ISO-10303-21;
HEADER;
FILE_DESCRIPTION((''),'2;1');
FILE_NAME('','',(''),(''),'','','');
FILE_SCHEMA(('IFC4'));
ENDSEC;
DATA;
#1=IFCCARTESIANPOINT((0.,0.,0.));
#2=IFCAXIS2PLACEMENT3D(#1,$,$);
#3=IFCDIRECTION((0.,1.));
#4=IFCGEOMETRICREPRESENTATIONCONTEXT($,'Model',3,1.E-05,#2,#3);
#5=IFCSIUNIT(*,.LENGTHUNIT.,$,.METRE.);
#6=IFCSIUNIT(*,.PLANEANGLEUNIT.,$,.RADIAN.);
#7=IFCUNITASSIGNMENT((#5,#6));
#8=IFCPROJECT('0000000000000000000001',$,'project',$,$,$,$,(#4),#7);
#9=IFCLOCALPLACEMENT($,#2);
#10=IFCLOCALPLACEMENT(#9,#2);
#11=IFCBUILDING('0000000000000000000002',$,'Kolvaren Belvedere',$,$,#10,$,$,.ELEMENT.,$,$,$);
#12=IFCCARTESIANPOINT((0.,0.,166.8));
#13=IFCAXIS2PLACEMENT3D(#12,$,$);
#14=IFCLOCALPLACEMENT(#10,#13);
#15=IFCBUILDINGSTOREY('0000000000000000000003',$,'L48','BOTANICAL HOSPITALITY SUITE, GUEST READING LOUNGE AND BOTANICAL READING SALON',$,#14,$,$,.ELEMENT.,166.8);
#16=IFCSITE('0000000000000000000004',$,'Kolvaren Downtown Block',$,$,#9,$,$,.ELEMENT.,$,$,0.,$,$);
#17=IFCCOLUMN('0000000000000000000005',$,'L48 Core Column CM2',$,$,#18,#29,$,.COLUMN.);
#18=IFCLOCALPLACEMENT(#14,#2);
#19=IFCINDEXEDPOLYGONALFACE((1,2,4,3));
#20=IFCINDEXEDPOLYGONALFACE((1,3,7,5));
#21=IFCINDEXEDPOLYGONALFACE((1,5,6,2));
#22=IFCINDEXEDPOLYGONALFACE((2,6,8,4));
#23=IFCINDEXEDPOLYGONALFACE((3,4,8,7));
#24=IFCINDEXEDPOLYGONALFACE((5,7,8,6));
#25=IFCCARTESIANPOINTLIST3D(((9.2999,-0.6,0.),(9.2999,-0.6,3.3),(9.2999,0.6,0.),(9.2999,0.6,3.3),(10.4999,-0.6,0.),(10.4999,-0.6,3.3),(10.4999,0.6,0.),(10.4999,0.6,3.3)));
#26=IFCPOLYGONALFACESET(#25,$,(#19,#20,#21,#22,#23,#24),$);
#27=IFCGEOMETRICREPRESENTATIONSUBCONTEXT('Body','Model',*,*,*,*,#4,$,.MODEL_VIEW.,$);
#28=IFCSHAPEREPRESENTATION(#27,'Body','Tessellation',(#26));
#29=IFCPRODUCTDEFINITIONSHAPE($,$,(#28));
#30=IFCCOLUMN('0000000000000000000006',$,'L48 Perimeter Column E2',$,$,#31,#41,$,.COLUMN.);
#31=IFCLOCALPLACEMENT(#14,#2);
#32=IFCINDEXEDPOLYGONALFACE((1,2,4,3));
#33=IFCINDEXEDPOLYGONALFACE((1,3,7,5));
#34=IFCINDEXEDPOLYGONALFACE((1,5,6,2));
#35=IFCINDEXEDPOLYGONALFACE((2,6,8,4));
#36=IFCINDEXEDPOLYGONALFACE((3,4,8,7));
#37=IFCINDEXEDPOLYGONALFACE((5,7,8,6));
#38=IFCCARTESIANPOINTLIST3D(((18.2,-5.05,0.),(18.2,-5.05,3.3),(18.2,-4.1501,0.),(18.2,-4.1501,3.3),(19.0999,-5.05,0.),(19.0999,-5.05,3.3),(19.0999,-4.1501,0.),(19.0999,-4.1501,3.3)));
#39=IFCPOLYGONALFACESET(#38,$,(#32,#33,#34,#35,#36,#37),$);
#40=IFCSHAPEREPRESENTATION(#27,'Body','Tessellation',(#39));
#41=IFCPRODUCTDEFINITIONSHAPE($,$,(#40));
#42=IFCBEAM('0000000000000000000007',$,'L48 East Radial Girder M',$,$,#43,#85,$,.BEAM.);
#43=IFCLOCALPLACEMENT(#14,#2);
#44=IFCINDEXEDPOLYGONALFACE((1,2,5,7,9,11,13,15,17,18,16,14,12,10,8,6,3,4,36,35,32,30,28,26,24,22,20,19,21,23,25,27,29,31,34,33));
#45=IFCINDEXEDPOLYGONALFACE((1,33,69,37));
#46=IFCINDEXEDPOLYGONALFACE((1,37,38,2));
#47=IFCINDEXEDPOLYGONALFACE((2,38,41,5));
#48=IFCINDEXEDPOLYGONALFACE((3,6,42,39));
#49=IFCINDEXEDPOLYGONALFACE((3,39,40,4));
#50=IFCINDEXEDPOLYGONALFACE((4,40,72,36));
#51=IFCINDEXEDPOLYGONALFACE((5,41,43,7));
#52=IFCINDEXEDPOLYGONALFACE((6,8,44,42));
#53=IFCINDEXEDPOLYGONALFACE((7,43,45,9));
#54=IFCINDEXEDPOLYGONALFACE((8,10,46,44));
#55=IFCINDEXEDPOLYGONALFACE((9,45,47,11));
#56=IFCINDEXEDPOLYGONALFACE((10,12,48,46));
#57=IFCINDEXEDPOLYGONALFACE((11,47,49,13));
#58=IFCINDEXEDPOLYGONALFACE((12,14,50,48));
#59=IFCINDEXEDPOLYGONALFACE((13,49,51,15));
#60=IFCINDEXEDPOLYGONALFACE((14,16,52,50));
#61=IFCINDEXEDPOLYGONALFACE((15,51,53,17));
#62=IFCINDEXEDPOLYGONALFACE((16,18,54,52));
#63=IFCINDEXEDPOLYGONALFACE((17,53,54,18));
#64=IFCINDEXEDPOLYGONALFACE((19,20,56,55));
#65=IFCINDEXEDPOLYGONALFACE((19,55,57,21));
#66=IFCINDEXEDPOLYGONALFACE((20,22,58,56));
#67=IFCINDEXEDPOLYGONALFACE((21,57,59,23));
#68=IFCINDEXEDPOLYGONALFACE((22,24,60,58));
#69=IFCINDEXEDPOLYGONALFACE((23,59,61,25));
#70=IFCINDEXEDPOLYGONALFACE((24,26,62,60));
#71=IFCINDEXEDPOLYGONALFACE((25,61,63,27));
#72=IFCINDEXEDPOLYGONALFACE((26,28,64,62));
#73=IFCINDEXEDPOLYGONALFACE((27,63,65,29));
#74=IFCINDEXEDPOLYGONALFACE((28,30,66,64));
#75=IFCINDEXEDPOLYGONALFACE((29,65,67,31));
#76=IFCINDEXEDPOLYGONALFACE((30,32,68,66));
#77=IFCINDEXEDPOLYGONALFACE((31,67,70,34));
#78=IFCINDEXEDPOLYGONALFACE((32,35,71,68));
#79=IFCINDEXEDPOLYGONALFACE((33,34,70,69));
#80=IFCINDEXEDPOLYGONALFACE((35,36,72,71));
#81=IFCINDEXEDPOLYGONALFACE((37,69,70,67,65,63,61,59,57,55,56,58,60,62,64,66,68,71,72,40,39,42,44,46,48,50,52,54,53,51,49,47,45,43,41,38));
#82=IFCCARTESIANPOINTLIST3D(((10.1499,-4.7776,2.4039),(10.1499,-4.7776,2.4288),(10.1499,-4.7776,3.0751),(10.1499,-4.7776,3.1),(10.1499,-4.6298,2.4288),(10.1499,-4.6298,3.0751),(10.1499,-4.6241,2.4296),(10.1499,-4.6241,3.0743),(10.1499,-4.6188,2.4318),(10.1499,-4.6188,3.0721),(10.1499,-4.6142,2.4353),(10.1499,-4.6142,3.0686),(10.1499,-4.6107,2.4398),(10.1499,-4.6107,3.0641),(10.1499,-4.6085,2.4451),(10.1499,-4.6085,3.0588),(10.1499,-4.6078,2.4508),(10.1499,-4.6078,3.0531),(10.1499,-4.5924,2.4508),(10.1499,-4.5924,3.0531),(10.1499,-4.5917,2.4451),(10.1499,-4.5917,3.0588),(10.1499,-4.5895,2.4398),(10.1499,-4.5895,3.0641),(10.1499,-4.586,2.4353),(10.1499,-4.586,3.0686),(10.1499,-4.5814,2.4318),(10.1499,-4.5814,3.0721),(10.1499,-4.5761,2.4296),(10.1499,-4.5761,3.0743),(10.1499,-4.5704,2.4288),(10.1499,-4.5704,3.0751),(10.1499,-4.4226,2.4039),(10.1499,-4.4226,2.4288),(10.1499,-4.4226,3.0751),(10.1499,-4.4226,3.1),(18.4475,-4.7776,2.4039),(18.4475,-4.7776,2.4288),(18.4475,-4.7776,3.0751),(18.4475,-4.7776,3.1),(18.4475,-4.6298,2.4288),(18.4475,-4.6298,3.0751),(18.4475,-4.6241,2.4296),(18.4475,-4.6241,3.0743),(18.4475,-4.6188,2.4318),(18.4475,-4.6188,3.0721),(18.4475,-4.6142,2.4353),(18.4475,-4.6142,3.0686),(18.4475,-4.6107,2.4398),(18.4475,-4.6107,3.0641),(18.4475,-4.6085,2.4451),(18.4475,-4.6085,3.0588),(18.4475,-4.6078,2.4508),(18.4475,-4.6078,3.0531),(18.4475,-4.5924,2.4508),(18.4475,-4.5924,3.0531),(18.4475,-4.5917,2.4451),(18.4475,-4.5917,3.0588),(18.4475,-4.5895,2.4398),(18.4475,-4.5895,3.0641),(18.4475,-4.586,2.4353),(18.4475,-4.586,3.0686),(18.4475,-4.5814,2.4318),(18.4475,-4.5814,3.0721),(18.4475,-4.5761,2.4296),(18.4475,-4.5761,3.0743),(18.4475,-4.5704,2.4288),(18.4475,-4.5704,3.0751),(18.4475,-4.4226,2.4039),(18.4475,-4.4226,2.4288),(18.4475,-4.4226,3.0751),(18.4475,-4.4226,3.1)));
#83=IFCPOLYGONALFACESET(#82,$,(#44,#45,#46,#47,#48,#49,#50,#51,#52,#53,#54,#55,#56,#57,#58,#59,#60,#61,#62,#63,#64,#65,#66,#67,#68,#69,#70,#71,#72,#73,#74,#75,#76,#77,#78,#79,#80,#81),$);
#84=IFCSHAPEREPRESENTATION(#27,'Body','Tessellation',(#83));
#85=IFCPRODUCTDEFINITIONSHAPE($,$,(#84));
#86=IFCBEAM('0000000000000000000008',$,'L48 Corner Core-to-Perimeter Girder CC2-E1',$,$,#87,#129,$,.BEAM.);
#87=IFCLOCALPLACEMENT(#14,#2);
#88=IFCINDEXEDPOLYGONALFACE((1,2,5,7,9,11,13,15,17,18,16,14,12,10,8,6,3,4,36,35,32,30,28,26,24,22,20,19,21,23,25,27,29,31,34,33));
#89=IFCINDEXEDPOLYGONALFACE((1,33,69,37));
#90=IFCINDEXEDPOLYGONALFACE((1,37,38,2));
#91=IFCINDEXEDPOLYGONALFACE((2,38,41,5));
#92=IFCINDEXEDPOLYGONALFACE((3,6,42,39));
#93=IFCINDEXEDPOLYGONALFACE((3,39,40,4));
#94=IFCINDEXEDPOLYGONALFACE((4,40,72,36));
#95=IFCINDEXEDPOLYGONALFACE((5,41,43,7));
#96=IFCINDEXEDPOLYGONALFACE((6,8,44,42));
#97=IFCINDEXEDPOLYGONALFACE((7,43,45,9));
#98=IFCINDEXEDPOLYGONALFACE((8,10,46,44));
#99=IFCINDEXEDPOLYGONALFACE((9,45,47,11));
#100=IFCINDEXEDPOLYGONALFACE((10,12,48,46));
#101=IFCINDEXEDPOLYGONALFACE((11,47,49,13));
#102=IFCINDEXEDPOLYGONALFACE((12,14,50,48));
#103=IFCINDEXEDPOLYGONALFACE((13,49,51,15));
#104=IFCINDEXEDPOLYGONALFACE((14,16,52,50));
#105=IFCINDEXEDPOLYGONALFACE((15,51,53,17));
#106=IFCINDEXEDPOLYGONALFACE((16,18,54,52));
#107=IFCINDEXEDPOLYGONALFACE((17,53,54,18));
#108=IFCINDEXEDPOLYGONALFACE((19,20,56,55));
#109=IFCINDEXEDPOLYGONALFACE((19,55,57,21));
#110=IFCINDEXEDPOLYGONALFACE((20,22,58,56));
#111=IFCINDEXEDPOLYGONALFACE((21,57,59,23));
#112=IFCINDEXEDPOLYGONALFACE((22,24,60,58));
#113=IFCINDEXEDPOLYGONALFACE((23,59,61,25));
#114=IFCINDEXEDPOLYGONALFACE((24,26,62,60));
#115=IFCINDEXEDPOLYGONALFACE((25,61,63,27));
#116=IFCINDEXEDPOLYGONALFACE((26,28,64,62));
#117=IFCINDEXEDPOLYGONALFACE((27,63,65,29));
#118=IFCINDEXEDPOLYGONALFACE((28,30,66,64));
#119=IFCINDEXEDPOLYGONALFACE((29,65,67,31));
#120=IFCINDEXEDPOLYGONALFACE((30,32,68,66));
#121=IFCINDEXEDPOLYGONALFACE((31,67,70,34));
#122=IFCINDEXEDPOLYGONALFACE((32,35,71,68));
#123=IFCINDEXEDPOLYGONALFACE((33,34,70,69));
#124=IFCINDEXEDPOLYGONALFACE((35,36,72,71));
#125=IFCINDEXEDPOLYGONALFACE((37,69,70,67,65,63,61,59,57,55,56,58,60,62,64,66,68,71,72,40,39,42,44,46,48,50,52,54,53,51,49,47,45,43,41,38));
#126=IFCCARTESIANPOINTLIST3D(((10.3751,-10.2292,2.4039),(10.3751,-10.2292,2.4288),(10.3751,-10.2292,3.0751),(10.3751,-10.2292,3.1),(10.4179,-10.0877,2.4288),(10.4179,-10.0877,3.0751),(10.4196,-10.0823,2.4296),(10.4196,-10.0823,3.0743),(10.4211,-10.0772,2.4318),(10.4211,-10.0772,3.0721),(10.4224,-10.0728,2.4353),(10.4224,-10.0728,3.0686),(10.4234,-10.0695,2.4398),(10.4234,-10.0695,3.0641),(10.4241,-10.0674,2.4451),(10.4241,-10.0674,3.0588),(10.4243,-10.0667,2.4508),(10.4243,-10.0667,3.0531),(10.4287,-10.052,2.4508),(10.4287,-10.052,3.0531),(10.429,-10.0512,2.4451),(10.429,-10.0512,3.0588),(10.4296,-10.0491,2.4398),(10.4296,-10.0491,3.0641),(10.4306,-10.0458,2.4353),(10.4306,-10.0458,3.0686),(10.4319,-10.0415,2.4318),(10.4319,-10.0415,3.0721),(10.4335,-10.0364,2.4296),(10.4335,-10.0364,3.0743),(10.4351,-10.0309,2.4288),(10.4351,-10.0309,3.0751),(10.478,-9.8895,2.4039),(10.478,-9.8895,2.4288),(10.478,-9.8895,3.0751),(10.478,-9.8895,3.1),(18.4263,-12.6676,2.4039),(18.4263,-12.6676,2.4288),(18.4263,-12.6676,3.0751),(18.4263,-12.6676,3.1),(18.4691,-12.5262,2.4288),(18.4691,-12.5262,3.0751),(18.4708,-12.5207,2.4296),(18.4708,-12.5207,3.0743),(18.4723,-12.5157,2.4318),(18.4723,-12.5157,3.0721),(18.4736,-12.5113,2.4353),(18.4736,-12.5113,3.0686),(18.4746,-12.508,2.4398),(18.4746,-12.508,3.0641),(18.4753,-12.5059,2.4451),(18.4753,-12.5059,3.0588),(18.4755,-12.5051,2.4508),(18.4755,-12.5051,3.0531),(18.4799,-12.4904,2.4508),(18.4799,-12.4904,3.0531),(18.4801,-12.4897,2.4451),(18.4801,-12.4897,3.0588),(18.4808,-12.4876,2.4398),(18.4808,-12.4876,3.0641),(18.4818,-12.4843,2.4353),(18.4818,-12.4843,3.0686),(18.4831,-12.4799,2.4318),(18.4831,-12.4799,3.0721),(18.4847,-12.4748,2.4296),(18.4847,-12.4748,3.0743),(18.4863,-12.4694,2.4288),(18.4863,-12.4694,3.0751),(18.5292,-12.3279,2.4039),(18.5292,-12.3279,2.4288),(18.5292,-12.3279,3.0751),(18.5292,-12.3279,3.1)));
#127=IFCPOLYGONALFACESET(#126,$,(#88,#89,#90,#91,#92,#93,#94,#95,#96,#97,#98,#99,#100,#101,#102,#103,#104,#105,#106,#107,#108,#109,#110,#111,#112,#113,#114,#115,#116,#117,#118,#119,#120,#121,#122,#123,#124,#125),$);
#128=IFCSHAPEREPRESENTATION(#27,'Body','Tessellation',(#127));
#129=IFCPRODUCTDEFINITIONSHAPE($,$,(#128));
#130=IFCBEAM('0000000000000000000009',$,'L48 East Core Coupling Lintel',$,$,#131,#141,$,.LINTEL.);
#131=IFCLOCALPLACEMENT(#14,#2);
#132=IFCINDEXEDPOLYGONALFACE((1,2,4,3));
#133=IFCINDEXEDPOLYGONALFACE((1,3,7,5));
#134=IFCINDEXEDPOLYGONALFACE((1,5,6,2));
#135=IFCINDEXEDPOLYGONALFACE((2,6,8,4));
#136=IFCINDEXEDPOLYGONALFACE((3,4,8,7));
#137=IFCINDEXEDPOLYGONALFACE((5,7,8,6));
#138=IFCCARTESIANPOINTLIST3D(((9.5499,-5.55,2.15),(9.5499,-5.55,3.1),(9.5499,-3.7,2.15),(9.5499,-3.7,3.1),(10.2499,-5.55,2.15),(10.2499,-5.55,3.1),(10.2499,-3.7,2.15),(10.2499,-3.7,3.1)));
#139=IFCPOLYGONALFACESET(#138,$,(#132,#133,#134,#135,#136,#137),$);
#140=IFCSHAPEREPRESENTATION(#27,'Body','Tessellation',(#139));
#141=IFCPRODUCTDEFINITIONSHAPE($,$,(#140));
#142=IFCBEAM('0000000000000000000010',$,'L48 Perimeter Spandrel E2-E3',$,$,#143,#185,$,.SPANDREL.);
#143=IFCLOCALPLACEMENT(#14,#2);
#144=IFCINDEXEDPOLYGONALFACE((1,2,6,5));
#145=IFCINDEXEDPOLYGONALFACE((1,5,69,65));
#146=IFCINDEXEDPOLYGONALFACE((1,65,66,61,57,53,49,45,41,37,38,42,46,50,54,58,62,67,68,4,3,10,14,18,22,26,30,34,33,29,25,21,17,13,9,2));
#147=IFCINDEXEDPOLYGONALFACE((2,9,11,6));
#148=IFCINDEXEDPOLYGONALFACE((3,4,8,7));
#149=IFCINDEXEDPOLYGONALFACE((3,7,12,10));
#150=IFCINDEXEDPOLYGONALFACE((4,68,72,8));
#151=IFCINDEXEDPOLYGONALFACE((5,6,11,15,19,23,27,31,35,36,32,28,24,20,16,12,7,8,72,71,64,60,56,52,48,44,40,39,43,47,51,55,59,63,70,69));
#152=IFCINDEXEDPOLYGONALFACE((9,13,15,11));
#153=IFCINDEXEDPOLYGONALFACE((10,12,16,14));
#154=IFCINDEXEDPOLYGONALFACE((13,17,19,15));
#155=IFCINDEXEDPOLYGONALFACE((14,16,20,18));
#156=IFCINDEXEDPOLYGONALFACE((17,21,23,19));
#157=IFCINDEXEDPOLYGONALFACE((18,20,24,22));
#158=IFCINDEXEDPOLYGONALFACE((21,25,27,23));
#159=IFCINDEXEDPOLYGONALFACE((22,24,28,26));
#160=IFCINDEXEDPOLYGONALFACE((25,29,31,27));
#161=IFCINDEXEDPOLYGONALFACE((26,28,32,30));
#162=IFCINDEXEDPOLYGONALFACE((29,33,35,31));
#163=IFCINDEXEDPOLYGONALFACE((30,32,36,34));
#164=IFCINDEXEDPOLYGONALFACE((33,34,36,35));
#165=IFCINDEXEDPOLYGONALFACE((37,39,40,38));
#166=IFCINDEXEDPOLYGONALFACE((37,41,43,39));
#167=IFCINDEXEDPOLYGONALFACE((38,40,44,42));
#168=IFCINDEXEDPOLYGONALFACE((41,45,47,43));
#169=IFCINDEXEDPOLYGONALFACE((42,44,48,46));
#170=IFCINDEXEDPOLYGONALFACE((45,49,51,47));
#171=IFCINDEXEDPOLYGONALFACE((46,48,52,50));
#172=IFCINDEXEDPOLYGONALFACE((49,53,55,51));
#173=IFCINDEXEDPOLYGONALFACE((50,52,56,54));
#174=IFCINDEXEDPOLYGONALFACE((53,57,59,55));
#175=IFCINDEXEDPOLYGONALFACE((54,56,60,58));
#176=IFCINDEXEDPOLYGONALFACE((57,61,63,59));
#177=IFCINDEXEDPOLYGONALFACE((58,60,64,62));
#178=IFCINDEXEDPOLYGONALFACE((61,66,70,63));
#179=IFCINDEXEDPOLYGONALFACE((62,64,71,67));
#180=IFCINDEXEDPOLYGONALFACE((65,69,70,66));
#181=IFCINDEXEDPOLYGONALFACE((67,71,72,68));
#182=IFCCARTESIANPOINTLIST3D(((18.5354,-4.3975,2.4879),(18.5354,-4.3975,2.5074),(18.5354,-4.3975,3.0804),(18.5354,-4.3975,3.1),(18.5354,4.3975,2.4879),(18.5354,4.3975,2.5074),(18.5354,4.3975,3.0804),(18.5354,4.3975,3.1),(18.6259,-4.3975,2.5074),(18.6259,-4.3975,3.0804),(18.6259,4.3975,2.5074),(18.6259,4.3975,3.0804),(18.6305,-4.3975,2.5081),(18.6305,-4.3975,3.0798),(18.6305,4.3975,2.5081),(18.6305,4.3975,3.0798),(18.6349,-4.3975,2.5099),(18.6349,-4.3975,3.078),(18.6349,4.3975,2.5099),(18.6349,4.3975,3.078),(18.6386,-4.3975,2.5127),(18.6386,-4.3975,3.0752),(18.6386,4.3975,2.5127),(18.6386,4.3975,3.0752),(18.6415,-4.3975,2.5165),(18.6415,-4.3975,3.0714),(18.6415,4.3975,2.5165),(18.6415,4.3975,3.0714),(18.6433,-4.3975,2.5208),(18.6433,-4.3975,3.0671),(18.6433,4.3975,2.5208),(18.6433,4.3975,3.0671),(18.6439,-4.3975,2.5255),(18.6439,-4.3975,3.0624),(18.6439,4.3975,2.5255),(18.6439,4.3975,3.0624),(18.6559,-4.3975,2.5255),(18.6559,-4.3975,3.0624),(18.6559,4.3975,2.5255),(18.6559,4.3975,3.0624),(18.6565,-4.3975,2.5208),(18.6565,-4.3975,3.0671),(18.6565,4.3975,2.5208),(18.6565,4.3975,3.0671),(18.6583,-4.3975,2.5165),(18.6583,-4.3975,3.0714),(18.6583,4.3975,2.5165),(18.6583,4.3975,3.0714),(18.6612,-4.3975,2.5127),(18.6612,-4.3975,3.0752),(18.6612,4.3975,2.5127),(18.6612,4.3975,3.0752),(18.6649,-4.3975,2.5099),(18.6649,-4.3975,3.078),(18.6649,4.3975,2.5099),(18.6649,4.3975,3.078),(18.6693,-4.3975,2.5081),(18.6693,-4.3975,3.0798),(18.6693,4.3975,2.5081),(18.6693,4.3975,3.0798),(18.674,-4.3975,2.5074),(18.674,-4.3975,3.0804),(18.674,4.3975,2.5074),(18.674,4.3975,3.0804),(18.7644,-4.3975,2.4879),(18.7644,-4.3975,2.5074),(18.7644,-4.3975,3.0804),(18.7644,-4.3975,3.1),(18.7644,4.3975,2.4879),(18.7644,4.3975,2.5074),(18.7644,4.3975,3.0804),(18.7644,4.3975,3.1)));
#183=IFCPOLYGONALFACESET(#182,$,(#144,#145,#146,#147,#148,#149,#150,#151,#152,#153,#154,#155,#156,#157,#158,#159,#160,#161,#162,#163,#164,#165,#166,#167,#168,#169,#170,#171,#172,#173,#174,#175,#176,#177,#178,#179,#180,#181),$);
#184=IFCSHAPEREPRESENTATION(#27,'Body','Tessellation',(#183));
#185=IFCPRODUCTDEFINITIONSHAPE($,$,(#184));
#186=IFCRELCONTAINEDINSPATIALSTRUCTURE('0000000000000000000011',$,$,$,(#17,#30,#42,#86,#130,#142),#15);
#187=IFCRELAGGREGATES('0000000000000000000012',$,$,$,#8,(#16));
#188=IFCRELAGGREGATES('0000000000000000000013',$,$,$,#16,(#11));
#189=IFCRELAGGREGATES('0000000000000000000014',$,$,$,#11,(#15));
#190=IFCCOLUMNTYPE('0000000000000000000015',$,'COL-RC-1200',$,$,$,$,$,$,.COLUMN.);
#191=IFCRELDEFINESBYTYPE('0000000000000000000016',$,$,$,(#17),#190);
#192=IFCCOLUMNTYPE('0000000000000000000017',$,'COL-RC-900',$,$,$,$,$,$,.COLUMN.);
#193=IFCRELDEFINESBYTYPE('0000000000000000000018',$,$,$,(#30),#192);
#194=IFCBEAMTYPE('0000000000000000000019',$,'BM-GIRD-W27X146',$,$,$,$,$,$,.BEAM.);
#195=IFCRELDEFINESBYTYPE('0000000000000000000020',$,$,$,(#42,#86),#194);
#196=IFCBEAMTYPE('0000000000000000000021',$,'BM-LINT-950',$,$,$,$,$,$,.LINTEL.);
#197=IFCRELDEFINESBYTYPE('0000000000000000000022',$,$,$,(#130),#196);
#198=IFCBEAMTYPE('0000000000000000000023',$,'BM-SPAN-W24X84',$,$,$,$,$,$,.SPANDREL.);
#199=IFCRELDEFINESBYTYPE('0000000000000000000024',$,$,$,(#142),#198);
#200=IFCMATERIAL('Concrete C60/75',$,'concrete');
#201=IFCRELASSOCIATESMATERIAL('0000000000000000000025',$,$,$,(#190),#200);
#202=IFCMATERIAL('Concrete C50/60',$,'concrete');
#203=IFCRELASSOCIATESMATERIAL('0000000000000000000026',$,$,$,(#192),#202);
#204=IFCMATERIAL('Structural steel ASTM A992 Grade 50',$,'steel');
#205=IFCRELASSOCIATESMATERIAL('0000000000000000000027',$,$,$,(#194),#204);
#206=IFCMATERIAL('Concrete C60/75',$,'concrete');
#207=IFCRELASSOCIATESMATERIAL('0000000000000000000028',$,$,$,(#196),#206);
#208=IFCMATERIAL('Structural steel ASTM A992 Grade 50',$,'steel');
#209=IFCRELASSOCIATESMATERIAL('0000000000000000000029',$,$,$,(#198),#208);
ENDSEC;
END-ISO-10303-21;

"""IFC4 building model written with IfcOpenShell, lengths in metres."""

from ifc_helpers import new_model, si_unit, direction, frame, origin, origin_2d, place, context, subcontext, project, spatial, rectangle, i_section, extrude, material, material_profile, profile_set, type_object, element, save


model = new_model("IFC4")

# Units and contexts
model_context = context("Model", 3, precision=1e-05, world=origin(), true_north=direction((0.0, 1.0)))
body_context = subcontext(model_context, "Body", "Model", "MODEL_VIEW")
ifc_project = project(units=[si_unit("LENGTHUNIT", "METRE"), si_unit("PLANEANGLEUNIT", "RADIAN")], contexts=[model_context])

# Site, building, storey
site_placement = place(None, origin())
site = spatial("IfcSite", under=ifc_project, at=site_placement, Name="Kolvaren Downtown Block", CompositionType="ELEMENT", RefElevation=0.0)
building_placement = place(site_placement, origin())
building = spatial("IfcBuilding", under=site, at=building_placement, Name="Kolvaren Belvedere", CompositionType="ELEMENT")
storey_placement = place(building_placement, frame((0.0, 0.0, 166.8)))
storey = spatial("IfcBuildingStorey", under=building, at=storey_placement, Name="L48", Description="BOTANICAL HOSPITALITY SUITE, GUEST READING LOUNGE AND BOTANICAL READING SALON", CompositionType="ELEMENT", Elevation=166.8)

# Columns
ifc_material_1 = material(Name="Concrete C60/75", Category="concrete")
ifc_material_profile_1 = material_profile(ifc_material_1, rectangle(XDim=1.2, YDim=1.2, at=origin_2d()), Name="RC 1200X1200")
ifc_profile_set_1 = profile_set([ifc_material_profile_1], Name="Concrete C60/75")
column_type_1 = type_object("IfcColumnType", Name="COL-RC-1200", PredefinedType="COLUMN", material=ifc_profile_set_1)
column_1_placement = place(storey_placement, frame((9.8999, 0.0, 0.0), z_axis=(0.0, 0.0, 1.0), x_axis=(1.0, 0.0, 0.0)))
element("IfcColumn", 1, at=column_1_placement, inside=storey, type_object=column_type_1, Name="L48 Core Column CM2", PredefinedType="COLUMN", context=body_context, shape_type="SweptSolid", body=[
    extrude(rectangle(XDim=1.2, YDim=1.2, at=origin_2d()), origin(), (0.0, 0.0, 1.0), 3.3),
])
ifc_material_2 = material(Name="Concrete C50/60", Category="concrete")
ifc_material_profile_2 = material_profile(ifc_material_2, rectangle(XDim=0.8999, YDim=0.8999, at=origin_2d()), Name="RC 900X900")
ifc_profile_set_2 = profile_set([ifc_material_profile_2], Name="Concrete C50/60")
column_type_2 = type_object("IfcColumnType", Name="COL-RC-900", PredefinedType="COLUMN", material=ifc_profile_set_2)
column_2_placement = place(storey_placement, frame((18.6499, -4.6001, 0.0), z_axis=(0.0, 0.0, 1.0), x_axis=(1.0, 0.0, 0.0)))
element("IfcColumn", 2, at=column_2_placement, inside=storey, type_object=column_type_2, Name="L48 Perimeter Column E2", PredefinedType="COLUMN", context=body_context, shape_type="SweptSolid", body=[
    extrude(rectangle(XDim=0.8999, YDim=0.8999, at=origin_2d()), origin(), (0.0, 0.0, 1.0), 3.3),
])

# Beams
ifc_material_3 = material(Name="Structural steel ASTM A992 Grade 50", Category="steel")
ifc_material_profile_3 = material_profile(ifc_material_3, i_section(OverallWidth=0.355, OverallDepth=0.696, WebThickness=0.0154, FlangeThickness=0.0249, FilletRadius=0.022, at=origin_2d()), Name="W27X146")
ifc_profile_set_3 = profile_set([ifc_material_profile_3], Name="Structural steel ASTM A992 Grade 50")
beam_type_1 = type_object("IfcBeamType", Name="BM-GIRD-W27X146", PredefinedType="BEAM", material=ifc_profile_set_3)
beam_1_placement = place(storey_placement, frame((10.1499, -4.6001, 2.752), z_axis=(1.0, 0.0, 0.0), x_axis=(0.0, 1.0, 0.0)))
element("IfcBeam", 3, at=beam_1_placement, inside=storey, type_object=beam_type_1, Name="L48 East Radial Girder M", PredefinedType="BEAM", context=body_context, shape_type="SweptSolid", body=[
    extrude(i_section(OverallWidth=0.355, OverallDepth=0.696, WebThickness=0.0154, FlangeThickness=0.0249, FilletRadius=0.022, at=origin_2d()), origin(), (0.0, 0.0, 1.0), 8.2976),
])
beam_2_placement = place(storey_placement, frame((10.4265, -10.0593, 2.752), z_axis=(0.957067, -0.289866, 0.0), x_axis=(0.289866, 0.957067, 0.0)))
element("IfcBeam", 4, at=beam_2_placement, inside=storey, type_object=beam_type_1, Name="L48 Corner Core-to-Perimeter Girder CC2-E1", PredefinedType="BEAM", context=body_context, shape_type="SweptSolid", body=[
    extrude(i_section(OverallWidth=0.355, OverallDepth=0.696, WebThickness=0.0154, FlangeThickness=0.0249, FilletRadius=0.022, at=origin_2d()), origin(), (0.0, 0.0, 1.0), 8.4124),
])
ifc_material_4 = material(Name="Concrete C60/75", Category="concrete")
ifc_material_profile_4 = material_profile(ifc_material_4, rectangle(XDim=0.7, YDim=0.95, at=origin_2d()), Name="RC 700X950")
ifc_profile_set_4 = profile_set([ifc_material_profile_4], Name="Concrete C60/75")
beam_type_2 = type_object("IfcBeamType", Name="BM-LINT-950", PredefinedType="LINTEL", material=ifc_profile_set_4)
beam_3_placement = place(storey_placement, frame((9.8999, -5.55, 2.625), z_axis=(0.0, 1.0, 0.0), x_axis=(-1.0, 0.0, 0.0)))
element("IfcBeam", 5, at=beam_3_placement, inside=storey, type_object=beam_type_2, Name="L48 East Core Coupling Lintel", PredefinedType="LINTEL", context=body_context, shape_type="SweptSolid", body=[
    extrude(rectangle(XDim=0.7, YDim=0.95, at=origin_2d()), origin(), (0.0, 0.0, 1.0), 1.8501),
])
ifc_material_5 = material(Name="Structural steel ASTM A992 Grade 50", Category="steel")
ifc_material_profile_5 = material_profile(ifc_material_5, i_section(OverallWidth=0.229, OverallDepth=0.6121, WebThickness=0.012, FlangeThickness=0.0195, FilletRadius=0.0181, at=origin_2d()), Name="W24X84")
ifc_profile_set_5 = profile_set([ifc_material_profile_5], Name="Structural steel ASTM A992 Grade 50")
beam_type_3 = type_object("IfcBeamType", Name="BM-SPAN-W24X84", PredefinedType="SPANDREL", material=ifc_profile_set_5)
beam_4_placement = place(storey_placement, frame((18.6499, -4.3975, 2.7939), z_axis=(0.0, 1.0, 0.0), x_axis=(-1.0, 0.0, 0.0)))
element("IfcBeam", 6, at=beam_4_placement, inside=storey, type_object=beam_type_3, Name="L48 Perimeter Spandrel E2-E3", PredefinedType="SPANDREL", context=body_context, shape_type="SweptSolid", body=[
    extrude(i_section(OverallWidth=0.229, OverallDepth=0.6121, WebThickness=0.012, FlangeThickness=0.0195, FilletRadius=0.0181, at=origin_2d()), origin(), (0.0, 0.0, 1.0), 8.7949),
])

save(model, "model.ifc")
